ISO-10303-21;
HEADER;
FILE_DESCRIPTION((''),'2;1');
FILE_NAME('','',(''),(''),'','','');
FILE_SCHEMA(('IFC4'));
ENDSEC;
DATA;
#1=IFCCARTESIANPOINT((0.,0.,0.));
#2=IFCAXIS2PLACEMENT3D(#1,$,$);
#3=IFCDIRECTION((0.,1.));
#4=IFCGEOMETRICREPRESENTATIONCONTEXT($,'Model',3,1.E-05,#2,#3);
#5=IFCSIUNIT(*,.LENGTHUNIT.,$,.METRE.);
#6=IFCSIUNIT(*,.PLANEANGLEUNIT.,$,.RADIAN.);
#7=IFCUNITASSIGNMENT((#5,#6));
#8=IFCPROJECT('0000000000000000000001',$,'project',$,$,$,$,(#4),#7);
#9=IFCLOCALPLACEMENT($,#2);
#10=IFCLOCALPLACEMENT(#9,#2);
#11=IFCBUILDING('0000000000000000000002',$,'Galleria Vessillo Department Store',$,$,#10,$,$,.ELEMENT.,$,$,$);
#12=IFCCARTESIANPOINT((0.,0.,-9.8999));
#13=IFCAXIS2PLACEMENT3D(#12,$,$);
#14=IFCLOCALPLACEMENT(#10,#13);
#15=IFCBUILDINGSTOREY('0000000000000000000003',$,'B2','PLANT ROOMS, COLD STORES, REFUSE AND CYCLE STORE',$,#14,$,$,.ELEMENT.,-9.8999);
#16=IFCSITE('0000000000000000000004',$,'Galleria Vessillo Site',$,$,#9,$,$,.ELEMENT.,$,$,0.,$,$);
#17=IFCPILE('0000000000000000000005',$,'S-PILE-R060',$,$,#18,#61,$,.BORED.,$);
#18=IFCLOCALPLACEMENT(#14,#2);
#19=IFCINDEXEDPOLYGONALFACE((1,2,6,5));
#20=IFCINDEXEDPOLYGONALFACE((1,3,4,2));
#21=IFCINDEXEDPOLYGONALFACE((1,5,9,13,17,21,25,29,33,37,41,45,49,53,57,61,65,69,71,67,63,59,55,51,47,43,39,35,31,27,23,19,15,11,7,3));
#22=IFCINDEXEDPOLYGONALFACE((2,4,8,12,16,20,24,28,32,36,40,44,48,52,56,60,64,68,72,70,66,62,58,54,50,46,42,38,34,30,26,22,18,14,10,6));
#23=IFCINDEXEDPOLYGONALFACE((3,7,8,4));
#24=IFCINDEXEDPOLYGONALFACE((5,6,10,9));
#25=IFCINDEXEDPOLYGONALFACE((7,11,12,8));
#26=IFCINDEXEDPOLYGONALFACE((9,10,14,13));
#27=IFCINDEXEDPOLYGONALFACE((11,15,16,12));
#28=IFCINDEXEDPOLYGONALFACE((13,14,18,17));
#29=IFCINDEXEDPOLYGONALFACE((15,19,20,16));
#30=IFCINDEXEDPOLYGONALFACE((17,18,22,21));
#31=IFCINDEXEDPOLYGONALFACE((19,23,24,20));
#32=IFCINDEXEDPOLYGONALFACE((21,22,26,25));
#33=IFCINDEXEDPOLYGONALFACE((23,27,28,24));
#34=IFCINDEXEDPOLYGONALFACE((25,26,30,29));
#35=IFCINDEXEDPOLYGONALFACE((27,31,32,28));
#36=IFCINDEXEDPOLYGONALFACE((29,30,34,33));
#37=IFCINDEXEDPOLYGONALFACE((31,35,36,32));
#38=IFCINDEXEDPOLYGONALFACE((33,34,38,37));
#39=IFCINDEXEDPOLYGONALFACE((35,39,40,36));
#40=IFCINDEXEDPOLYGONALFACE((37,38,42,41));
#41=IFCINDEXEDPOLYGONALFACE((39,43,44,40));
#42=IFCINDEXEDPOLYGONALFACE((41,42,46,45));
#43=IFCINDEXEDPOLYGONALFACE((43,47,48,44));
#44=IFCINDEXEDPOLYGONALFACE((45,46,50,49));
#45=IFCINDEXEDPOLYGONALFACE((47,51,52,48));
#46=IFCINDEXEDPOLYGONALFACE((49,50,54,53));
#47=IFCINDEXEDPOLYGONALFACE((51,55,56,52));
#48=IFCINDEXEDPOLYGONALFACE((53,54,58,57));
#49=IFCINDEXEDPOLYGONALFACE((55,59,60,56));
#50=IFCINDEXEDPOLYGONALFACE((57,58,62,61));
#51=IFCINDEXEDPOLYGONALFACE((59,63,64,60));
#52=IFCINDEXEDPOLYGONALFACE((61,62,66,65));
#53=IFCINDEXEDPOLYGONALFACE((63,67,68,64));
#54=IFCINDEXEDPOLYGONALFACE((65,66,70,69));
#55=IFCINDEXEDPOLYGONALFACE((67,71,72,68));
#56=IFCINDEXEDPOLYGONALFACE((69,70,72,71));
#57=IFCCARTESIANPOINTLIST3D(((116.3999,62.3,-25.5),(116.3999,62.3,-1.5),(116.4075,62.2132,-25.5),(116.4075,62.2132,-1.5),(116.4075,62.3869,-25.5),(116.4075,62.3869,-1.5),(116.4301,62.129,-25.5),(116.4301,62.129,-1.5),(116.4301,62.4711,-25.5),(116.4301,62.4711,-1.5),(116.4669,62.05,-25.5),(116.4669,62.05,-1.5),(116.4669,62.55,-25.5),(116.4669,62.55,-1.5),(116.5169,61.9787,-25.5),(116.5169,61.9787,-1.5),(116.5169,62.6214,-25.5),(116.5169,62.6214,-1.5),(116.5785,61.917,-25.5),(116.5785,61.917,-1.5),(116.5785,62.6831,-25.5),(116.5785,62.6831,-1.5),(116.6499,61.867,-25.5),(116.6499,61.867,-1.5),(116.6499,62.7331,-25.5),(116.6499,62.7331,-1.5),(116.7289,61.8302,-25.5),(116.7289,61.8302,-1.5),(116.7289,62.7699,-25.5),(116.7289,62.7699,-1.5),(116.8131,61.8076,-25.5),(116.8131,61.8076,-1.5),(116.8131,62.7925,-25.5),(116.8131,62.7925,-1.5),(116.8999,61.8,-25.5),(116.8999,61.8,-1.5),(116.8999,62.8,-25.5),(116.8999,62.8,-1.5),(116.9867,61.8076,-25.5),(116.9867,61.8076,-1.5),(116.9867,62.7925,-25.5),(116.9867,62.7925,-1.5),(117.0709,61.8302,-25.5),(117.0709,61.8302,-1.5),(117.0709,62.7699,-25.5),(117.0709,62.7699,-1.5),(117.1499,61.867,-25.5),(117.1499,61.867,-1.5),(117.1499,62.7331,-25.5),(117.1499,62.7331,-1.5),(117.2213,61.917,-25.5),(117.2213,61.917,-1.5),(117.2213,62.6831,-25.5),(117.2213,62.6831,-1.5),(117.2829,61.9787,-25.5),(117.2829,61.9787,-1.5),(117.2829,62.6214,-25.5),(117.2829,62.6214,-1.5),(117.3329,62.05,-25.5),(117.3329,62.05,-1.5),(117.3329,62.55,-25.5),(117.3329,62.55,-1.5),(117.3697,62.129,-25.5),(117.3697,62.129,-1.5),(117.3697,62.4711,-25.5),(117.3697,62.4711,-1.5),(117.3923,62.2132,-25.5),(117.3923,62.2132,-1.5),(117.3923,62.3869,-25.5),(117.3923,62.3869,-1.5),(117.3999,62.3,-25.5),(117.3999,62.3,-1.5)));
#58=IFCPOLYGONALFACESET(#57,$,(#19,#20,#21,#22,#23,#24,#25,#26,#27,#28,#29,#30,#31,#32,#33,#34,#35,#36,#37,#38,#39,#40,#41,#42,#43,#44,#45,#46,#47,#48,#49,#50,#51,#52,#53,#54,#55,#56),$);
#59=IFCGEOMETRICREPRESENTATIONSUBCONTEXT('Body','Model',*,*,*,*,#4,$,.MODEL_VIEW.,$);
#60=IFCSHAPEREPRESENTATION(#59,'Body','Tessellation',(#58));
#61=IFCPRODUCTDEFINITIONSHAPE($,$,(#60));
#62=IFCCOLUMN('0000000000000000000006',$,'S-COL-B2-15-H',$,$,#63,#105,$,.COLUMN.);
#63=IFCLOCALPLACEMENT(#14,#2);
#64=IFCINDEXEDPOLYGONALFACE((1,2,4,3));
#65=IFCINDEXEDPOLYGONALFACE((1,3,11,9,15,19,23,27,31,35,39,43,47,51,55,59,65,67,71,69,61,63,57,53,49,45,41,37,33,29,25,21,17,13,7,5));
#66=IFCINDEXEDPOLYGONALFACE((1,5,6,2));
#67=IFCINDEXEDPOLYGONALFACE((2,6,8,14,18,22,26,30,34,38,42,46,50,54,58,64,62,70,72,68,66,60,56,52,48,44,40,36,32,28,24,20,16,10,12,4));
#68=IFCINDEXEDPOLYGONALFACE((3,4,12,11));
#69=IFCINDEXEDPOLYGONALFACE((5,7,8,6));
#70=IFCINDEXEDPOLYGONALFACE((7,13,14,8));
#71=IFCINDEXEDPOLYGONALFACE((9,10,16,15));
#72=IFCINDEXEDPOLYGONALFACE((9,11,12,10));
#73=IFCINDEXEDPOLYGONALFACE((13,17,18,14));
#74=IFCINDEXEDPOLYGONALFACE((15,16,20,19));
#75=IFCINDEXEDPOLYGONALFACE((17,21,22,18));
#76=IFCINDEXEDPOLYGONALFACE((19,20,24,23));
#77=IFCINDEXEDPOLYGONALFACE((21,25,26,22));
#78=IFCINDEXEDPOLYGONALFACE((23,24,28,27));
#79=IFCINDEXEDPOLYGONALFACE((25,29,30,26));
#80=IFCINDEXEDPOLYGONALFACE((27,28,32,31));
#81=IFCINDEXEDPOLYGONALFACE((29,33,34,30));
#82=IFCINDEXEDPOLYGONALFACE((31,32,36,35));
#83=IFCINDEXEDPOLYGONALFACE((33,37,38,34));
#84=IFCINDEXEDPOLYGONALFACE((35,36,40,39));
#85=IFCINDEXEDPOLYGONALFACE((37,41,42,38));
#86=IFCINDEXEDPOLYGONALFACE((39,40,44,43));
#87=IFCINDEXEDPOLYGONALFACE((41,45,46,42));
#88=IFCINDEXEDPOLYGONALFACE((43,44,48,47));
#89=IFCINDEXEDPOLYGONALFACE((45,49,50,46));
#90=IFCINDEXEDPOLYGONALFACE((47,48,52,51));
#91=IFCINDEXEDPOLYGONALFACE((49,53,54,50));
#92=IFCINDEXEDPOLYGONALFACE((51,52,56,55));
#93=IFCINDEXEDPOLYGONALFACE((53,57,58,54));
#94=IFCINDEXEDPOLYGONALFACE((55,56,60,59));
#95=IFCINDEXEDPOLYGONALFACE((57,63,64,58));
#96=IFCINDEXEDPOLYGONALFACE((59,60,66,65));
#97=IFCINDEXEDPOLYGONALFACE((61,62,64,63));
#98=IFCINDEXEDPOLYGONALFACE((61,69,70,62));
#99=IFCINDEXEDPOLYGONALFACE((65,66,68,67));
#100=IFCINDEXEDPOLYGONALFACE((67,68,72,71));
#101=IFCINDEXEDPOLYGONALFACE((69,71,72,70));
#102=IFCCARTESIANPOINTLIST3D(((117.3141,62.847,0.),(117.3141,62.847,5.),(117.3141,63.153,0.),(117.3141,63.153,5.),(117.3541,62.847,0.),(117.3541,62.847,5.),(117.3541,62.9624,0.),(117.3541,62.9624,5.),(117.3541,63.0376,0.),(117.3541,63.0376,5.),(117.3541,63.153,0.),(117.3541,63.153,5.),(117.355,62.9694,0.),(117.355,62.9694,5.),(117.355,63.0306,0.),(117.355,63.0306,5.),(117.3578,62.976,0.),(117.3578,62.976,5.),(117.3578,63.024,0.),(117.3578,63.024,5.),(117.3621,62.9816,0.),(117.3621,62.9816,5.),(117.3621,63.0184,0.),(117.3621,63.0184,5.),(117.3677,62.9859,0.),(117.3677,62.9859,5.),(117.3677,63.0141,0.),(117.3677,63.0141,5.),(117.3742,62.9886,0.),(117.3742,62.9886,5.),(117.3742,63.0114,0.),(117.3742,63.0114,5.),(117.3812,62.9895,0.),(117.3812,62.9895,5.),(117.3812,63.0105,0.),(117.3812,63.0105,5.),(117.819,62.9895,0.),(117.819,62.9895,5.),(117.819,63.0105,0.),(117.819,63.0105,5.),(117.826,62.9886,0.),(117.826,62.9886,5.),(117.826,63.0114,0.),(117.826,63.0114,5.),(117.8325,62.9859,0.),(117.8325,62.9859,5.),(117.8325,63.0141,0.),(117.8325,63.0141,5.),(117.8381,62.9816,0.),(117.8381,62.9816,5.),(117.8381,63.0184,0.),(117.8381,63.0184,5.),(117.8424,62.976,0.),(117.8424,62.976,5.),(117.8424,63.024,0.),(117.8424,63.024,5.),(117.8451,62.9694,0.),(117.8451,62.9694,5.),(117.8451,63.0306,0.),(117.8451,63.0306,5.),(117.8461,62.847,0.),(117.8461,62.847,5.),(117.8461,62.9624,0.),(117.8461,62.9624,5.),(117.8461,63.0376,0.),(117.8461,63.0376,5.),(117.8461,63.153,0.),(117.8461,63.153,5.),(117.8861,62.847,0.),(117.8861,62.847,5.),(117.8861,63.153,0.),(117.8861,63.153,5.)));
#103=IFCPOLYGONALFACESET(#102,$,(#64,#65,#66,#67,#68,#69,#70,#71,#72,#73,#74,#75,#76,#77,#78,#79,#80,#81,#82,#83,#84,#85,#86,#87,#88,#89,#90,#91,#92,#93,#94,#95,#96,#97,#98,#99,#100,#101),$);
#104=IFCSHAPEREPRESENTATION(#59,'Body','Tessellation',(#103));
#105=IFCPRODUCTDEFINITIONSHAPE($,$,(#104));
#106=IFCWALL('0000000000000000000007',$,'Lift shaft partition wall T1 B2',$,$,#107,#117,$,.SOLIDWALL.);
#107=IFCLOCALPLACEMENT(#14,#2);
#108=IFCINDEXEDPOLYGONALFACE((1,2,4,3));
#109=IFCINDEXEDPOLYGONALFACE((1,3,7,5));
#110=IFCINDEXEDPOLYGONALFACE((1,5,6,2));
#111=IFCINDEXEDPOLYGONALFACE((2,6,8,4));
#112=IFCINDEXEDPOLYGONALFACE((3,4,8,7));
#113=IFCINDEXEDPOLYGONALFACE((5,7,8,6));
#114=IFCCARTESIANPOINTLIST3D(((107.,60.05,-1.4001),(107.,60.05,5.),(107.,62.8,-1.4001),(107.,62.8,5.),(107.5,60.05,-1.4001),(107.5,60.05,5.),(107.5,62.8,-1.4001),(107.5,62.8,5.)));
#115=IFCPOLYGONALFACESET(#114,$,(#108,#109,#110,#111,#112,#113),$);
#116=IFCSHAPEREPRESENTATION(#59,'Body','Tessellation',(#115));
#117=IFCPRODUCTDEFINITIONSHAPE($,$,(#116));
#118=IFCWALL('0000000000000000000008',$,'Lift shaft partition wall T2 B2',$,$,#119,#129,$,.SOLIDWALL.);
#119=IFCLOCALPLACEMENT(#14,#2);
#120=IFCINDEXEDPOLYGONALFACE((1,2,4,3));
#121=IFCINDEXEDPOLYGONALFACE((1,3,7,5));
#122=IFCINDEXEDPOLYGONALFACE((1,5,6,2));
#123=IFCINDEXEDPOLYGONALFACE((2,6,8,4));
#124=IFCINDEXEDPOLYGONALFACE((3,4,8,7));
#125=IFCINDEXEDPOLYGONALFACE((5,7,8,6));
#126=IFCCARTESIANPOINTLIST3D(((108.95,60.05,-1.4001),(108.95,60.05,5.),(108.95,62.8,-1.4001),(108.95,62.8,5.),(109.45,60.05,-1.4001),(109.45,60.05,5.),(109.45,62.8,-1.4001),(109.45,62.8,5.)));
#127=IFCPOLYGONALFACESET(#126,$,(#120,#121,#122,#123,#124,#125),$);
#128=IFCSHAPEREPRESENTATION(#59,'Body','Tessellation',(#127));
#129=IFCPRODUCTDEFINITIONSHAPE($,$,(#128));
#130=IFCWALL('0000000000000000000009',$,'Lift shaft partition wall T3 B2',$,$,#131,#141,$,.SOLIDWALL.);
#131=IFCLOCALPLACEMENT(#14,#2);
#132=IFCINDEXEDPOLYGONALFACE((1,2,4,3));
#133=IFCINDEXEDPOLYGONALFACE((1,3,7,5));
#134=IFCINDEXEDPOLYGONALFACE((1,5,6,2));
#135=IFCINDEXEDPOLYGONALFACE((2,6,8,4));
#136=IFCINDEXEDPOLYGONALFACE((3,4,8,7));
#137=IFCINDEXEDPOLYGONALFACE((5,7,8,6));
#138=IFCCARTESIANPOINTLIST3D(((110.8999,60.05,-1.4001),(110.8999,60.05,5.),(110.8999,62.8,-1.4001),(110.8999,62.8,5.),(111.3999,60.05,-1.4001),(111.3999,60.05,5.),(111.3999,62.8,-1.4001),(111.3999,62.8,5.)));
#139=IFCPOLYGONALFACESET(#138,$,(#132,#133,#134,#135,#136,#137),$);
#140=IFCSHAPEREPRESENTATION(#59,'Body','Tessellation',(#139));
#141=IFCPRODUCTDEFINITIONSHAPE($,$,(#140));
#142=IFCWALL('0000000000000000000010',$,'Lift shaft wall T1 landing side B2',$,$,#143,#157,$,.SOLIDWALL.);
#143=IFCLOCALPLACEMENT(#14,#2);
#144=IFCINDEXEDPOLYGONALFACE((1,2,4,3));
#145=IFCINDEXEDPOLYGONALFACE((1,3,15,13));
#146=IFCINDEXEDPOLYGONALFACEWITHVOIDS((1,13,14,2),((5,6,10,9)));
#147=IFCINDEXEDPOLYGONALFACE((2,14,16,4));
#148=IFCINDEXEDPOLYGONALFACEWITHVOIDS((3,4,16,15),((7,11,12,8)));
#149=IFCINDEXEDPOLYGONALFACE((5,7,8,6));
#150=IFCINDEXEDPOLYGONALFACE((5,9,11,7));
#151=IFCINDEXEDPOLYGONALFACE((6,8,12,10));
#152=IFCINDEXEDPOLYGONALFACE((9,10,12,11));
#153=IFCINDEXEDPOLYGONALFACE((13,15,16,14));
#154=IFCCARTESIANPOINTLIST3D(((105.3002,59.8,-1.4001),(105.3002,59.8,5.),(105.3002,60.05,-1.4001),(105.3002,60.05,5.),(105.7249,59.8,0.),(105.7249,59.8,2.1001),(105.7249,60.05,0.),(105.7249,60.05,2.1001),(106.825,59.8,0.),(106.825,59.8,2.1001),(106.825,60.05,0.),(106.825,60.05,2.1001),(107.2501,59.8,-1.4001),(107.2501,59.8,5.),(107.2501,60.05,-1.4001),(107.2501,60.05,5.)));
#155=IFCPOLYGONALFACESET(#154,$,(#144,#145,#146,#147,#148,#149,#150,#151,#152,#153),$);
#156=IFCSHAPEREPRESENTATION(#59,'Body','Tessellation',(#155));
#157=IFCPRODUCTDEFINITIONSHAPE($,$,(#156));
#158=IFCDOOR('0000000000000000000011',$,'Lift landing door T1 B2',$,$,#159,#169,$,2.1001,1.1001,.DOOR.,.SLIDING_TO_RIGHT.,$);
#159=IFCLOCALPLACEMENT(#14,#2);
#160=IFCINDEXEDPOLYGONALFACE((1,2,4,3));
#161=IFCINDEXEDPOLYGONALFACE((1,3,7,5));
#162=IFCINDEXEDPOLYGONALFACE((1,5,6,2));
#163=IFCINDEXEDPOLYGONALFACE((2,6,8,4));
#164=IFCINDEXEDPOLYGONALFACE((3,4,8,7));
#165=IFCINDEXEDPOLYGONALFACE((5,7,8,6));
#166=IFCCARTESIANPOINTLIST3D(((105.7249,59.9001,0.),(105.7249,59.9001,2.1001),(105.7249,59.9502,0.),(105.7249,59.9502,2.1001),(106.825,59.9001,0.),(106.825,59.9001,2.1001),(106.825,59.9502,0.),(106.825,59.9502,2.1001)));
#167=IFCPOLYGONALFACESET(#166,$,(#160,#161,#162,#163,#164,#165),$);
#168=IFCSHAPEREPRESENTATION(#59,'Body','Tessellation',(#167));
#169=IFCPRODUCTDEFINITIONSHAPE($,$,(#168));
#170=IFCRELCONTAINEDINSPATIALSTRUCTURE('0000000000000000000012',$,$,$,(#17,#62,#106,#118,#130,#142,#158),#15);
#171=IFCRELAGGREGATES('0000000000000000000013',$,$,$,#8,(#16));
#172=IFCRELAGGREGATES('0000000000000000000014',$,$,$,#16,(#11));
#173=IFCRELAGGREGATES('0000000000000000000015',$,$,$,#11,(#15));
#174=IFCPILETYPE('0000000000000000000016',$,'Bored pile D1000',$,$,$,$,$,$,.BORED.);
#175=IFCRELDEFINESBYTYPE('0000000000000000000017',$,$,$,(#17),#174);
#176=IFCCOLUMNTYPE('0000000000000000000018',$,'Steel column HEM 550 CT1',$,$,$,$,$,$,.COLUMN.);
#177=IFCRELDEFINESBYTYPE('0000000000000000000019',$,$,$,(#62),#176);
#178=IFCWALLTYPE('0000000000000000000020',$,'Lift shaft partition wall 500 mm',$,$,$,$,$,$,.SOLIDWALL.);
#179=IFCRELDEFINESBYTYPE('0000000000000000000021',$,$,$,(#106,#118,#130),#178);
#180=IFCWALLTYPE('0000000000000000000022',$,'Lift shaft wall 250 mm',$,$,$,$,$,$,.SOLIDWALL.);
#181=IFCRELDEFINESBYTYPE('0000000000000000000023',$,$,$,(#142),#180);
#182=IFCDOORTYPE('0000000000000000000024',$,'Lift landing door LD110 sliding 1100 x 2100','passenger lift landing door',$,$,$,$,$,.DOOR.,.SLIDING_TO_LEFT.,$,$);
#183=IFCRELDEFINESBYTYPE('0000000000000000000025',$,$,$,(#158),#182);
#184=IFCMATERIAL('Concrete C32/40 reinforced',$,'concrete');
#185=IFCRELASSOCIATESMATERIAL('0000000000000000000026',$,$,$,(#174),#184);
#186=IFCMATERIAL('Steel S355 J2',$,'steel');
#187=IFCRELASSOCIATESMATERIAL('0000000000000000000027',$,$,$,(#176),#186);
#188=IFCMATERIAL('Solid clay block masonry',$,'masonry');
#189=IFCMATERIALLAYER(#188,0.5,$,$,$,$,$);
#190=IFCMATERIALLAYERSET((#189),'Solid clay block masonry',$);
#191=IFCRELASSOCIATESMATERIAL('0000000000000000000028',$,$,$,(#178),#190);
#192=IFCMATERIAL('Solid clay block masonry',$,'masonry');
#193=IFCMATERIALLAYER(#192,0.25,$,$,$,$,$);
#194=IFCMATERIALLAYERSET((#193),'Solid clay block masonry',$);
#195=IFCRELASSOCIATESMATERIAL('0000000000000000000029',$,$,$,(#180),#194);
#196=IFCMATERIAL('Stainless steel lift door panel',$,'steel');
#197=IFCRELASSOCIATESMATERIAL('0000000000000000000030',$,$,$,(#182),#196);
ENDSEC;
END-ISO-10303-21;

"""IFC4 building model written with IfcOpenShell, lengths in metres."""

from ifc_helpers import new_model, si_unit, direction, frame, frame_2d, origin, origin_2d, place, context, subcontext, project, spatial, rectangle, circle, i_section, extrude, material, layer, layer_set, material_profile, profile_set, type_object, element, fill, save


model = new_model("IFC4")

# Units and contexts
model_context = context("Model", 3, precision=1e-05, world=origin(), true_north=direction((0.0, 1.0)))
body_context = subcontext(model_context, "Body", "Model", "MODEL_VIEW")
ifc_project = project(units=[si_unit("LENGTHUNIT", "METRE"), si_unit("PLANEANGLEUNIT", "RADIAN")], contexts=[model_context])

# Site, building, storey
site_placement = place(None, origin())
site = spatial("IfcSite", under=ifc_project, at=site_placement, Name="Galleria Vessillo Site", CompositionType="ELEMENT", RefElevation=0.0)
building_placement = place(site_placement, origin())
building = spatial("IfcBuilding", under=site, at=building_placement, Name="Galleria Vessillo Department Store", CompositionType="ELEMENT")
storey_placement = place(building_placement, frame((0.0, 0.0, -9.8999)))
storey = spatial("IfcBuildingStorey", under=building, at=storey_placement, Name="B2", Description="PLANT ROOMS, COLD STORES, REFUSE AND CYCLE STORE", CompositionType="ELEMENT", Elevation=-9.8999)

# Pile
ifc_material_1 = material(Name="Concrete C32/40 reinforced", Category="concrete")
ifc_material_profile_1 = material_profile(ifc_material_1, circle(Radius=0.5, at=origin_2d()), Name="Bored pile D1000")
ifc_profile_set_1 = profile_set([ifc_material_profile_1], Name="Concrete C32/40 reinforced")
pile_type = type_object("IfcPileType", Name="Bored pile D1000", PredefinedType="BORED", material=ifc_profile_set_1)
for number, where, z_axis, x_axis, name in (
    (1, (116.8999, 62.3, -1.5), (0.0, 0.0, -1.0), (1.0, 0.0, 0.0), "S-PILE-R060"),
):
    element("IfcPile", number, at=place(storey_placement, frame(where, z_axis=z_axis, x_axis=x_axis)), inside=storey, type_object=pile_type, Name=name, PredefinedType="BORED", context=body_context, shape_type="SweptSolid", body=[
        extrude(circle(Radius=0.5, at=origin_2d()), origin(), (0.0, 0.0, 1.0), 24.0),
    ])

# Column
ifc_material_2 = material(Name="Steel S355 J2", Category="steel")
ifc_material_profile_2 = material_profile(ifc_material_2, i_section(OverallWidth=0.3059, OverallDepth=0.572, WebThickness=0.021, FlangeThickness=0.04, FilletRadius=0.0271, at=origin_2d()), Name="HEM 550")
ifc_profile_set_2 = profile_set([ifc_material_profile_2], Name="Steel S355 J2")
column_type = type_object("IfcColumnType", Name="Steel column HEM 550 CT1", PredefinedType="COLUMN", material=ifc_profile_set_2)
column_placement = place(storey_placement, frame((117.6001, 63.0, 0.0), z_axis=(0.0, 0.0, 1.0), x_axis=(0.0, 1.0, 0.0)))
element("IfcColumn", 2, at=column_placement, inside=storey, type_object=column_type, Name="S-COL-B2-15-H", PredefinedType="COLUMN", context=body_context, shape_type="SweptSolid", body=[
    extrude(i_section(OverallWidth=0.3059, OverallDepth=0.572, WebThickness=0.021, FlangeThickness=0.04, FilletRadius=0.0271, at=origin_2d()), origin(), (0.0, 0.0, 1.0), 5.0),
])

# Walls
ifc_material_3 = material(Name="Solid clay block masonry", Category="masonry")
ifc_layer_1 = layer(ifc_material_3, 0.5)
ifc_layer_set_1 = layer_set([ifc_layer_1], Name="Solid clay block masonry")
wall_type_1 = type_object("IfcWallType", Name="Lift shaft partition wall 500 mm", PredefinedType="SOLIDWALL", material=ifc_layer_set_1)
for number, where, z_axis, x_axis, name in (
    (3, (107.25, 62.8, -1.4001), (0.0, 0.0, 1.0), (0.0, -1.0, 0.0), "Lift shaft partition wall T1 B2"),
    (4, (109.2, 62.8, -1.4001), (0.0, 0.0, 1.0), (0.0, -1.0, 0.0), "Lift shaft partition wall T2 B2"),
    (5, (111.1499, 62.8, -1.4001), (0.0, 0.0, 1.0), (0.0, -1.0, 0.0), "Lift shaft partition wall T3 B2"),
):
    element("IfcWall", number, at=place(storey_placement, frame(where, z_axis=z_axis, x_axis=x_axis)), inside=storey, type_object=wall_type_1, Name=name, PredefinedType="SOLIDWALL", context=body_context, shape_type="SweptSolid", body=[
        extrude(rectangle(XDim=2.75, YDim=0.5, at=frame_2d((1.375, 0.0))), origin(), (0.0, 0.0, 1.0), 6.4001),
    ])

# Wall, opening, door
ifc_material_4 = material(Name="Solid clay block masonry", Category="masonry")
ifc_layer_2 = layer(ifc_material_4, 0.25)
ifc_layer_set_2 = layer_set([ifc_layer_2], Name="Solid clay block masonry")
wall_type_2 = type_object("IfcWallType", Name="Lift shaft wall 250 mm", PredefinedType="SOLIDWALL", material=ifc_layer_set_2)
wall_1_placement = place(storey_placement, frame((105.3, 59.925, -1.4001), z_axis=(0.0, 0.0, 1.0), x_axis=(1.0, 0.0, 0.0)))
wall_1 = element("IfcWall", 6, at=wall_1_placement, inside=storey, type_object=wall_type_2, Name="Lift shaft wall T1 landing side B2", PredefinedType="SOLIDWALL", context=body_context, shape_type="SweptSolid", body=[
    extrude(rectangle(XDim=1.95, YDim=0.25, at=frame_2d((0.9751, 0.0))), origin(), (0.0, 0.0, 1.0), 6.4001),
])
opening_1_placement = place(wall_1_placement, frame((0.4248, 0.0, 1.4001)))
opening_1 = element("IfcOpeningElement", 7, at=opening_1_placement, cuts=wall_1, PredefinedType="OPENING", context=body_context, shape_type="SweptSolid", body=[
    extrude(rectangle(XDim=1.1001, YDim=2.1001, at=frame_2d((0.55, 1.05))), frame((0.0, 0.135, 0.0), z_axis=(0.0, -1.0, 0.0), x_axis=(1.0, 0.0, 0.0)), (0.0, 0.0, 1.0), 0.27),
])
ifc_material_5 = material(Name="Stainless steel lift door panel", Category="steel")
door_type = type_object("IfcDoorType", Name="Lift landing door LD110 sliding 1100 x 2100", Description="passenger lift landing door", OperationType="SLIDING_TO_LEFT", PredefinedType="DOOR", material=ifc_material_5)
door_1_placement = place(opening_1_placement, frame((1.1001, 0.0, 0.0), z_axis=(0.0, 0.0, 1.0), x_axis=(-1.0, 0.0, 0.0)))
door_1 = element("IfcDoor", 8, at=door_1_placement, inside=storey, type_object=door_type, Name="Lift landing door T1 B2", OperationType="SLIDING_TO_RIGHT", OverallHeight=2.1001, OverallWidth=1.1001, PredefinedType="DOOR", context=body_context, shape_type="SweptSolid", body=[
    extrude(rectangle(XDim=1.1001, YDim=2.1001, at=frame_2d((0.55, 1.05))), frame((0.0, 0.0249, 0.0), z_axis=(0.0, -1.0, 0.0), x_axis=(1.0, 0.0, 0.0)), (0.0, 0.0, 1.0), 0.05),
])
fill(opening_1, door_1)

save(model, "model.ifc")
